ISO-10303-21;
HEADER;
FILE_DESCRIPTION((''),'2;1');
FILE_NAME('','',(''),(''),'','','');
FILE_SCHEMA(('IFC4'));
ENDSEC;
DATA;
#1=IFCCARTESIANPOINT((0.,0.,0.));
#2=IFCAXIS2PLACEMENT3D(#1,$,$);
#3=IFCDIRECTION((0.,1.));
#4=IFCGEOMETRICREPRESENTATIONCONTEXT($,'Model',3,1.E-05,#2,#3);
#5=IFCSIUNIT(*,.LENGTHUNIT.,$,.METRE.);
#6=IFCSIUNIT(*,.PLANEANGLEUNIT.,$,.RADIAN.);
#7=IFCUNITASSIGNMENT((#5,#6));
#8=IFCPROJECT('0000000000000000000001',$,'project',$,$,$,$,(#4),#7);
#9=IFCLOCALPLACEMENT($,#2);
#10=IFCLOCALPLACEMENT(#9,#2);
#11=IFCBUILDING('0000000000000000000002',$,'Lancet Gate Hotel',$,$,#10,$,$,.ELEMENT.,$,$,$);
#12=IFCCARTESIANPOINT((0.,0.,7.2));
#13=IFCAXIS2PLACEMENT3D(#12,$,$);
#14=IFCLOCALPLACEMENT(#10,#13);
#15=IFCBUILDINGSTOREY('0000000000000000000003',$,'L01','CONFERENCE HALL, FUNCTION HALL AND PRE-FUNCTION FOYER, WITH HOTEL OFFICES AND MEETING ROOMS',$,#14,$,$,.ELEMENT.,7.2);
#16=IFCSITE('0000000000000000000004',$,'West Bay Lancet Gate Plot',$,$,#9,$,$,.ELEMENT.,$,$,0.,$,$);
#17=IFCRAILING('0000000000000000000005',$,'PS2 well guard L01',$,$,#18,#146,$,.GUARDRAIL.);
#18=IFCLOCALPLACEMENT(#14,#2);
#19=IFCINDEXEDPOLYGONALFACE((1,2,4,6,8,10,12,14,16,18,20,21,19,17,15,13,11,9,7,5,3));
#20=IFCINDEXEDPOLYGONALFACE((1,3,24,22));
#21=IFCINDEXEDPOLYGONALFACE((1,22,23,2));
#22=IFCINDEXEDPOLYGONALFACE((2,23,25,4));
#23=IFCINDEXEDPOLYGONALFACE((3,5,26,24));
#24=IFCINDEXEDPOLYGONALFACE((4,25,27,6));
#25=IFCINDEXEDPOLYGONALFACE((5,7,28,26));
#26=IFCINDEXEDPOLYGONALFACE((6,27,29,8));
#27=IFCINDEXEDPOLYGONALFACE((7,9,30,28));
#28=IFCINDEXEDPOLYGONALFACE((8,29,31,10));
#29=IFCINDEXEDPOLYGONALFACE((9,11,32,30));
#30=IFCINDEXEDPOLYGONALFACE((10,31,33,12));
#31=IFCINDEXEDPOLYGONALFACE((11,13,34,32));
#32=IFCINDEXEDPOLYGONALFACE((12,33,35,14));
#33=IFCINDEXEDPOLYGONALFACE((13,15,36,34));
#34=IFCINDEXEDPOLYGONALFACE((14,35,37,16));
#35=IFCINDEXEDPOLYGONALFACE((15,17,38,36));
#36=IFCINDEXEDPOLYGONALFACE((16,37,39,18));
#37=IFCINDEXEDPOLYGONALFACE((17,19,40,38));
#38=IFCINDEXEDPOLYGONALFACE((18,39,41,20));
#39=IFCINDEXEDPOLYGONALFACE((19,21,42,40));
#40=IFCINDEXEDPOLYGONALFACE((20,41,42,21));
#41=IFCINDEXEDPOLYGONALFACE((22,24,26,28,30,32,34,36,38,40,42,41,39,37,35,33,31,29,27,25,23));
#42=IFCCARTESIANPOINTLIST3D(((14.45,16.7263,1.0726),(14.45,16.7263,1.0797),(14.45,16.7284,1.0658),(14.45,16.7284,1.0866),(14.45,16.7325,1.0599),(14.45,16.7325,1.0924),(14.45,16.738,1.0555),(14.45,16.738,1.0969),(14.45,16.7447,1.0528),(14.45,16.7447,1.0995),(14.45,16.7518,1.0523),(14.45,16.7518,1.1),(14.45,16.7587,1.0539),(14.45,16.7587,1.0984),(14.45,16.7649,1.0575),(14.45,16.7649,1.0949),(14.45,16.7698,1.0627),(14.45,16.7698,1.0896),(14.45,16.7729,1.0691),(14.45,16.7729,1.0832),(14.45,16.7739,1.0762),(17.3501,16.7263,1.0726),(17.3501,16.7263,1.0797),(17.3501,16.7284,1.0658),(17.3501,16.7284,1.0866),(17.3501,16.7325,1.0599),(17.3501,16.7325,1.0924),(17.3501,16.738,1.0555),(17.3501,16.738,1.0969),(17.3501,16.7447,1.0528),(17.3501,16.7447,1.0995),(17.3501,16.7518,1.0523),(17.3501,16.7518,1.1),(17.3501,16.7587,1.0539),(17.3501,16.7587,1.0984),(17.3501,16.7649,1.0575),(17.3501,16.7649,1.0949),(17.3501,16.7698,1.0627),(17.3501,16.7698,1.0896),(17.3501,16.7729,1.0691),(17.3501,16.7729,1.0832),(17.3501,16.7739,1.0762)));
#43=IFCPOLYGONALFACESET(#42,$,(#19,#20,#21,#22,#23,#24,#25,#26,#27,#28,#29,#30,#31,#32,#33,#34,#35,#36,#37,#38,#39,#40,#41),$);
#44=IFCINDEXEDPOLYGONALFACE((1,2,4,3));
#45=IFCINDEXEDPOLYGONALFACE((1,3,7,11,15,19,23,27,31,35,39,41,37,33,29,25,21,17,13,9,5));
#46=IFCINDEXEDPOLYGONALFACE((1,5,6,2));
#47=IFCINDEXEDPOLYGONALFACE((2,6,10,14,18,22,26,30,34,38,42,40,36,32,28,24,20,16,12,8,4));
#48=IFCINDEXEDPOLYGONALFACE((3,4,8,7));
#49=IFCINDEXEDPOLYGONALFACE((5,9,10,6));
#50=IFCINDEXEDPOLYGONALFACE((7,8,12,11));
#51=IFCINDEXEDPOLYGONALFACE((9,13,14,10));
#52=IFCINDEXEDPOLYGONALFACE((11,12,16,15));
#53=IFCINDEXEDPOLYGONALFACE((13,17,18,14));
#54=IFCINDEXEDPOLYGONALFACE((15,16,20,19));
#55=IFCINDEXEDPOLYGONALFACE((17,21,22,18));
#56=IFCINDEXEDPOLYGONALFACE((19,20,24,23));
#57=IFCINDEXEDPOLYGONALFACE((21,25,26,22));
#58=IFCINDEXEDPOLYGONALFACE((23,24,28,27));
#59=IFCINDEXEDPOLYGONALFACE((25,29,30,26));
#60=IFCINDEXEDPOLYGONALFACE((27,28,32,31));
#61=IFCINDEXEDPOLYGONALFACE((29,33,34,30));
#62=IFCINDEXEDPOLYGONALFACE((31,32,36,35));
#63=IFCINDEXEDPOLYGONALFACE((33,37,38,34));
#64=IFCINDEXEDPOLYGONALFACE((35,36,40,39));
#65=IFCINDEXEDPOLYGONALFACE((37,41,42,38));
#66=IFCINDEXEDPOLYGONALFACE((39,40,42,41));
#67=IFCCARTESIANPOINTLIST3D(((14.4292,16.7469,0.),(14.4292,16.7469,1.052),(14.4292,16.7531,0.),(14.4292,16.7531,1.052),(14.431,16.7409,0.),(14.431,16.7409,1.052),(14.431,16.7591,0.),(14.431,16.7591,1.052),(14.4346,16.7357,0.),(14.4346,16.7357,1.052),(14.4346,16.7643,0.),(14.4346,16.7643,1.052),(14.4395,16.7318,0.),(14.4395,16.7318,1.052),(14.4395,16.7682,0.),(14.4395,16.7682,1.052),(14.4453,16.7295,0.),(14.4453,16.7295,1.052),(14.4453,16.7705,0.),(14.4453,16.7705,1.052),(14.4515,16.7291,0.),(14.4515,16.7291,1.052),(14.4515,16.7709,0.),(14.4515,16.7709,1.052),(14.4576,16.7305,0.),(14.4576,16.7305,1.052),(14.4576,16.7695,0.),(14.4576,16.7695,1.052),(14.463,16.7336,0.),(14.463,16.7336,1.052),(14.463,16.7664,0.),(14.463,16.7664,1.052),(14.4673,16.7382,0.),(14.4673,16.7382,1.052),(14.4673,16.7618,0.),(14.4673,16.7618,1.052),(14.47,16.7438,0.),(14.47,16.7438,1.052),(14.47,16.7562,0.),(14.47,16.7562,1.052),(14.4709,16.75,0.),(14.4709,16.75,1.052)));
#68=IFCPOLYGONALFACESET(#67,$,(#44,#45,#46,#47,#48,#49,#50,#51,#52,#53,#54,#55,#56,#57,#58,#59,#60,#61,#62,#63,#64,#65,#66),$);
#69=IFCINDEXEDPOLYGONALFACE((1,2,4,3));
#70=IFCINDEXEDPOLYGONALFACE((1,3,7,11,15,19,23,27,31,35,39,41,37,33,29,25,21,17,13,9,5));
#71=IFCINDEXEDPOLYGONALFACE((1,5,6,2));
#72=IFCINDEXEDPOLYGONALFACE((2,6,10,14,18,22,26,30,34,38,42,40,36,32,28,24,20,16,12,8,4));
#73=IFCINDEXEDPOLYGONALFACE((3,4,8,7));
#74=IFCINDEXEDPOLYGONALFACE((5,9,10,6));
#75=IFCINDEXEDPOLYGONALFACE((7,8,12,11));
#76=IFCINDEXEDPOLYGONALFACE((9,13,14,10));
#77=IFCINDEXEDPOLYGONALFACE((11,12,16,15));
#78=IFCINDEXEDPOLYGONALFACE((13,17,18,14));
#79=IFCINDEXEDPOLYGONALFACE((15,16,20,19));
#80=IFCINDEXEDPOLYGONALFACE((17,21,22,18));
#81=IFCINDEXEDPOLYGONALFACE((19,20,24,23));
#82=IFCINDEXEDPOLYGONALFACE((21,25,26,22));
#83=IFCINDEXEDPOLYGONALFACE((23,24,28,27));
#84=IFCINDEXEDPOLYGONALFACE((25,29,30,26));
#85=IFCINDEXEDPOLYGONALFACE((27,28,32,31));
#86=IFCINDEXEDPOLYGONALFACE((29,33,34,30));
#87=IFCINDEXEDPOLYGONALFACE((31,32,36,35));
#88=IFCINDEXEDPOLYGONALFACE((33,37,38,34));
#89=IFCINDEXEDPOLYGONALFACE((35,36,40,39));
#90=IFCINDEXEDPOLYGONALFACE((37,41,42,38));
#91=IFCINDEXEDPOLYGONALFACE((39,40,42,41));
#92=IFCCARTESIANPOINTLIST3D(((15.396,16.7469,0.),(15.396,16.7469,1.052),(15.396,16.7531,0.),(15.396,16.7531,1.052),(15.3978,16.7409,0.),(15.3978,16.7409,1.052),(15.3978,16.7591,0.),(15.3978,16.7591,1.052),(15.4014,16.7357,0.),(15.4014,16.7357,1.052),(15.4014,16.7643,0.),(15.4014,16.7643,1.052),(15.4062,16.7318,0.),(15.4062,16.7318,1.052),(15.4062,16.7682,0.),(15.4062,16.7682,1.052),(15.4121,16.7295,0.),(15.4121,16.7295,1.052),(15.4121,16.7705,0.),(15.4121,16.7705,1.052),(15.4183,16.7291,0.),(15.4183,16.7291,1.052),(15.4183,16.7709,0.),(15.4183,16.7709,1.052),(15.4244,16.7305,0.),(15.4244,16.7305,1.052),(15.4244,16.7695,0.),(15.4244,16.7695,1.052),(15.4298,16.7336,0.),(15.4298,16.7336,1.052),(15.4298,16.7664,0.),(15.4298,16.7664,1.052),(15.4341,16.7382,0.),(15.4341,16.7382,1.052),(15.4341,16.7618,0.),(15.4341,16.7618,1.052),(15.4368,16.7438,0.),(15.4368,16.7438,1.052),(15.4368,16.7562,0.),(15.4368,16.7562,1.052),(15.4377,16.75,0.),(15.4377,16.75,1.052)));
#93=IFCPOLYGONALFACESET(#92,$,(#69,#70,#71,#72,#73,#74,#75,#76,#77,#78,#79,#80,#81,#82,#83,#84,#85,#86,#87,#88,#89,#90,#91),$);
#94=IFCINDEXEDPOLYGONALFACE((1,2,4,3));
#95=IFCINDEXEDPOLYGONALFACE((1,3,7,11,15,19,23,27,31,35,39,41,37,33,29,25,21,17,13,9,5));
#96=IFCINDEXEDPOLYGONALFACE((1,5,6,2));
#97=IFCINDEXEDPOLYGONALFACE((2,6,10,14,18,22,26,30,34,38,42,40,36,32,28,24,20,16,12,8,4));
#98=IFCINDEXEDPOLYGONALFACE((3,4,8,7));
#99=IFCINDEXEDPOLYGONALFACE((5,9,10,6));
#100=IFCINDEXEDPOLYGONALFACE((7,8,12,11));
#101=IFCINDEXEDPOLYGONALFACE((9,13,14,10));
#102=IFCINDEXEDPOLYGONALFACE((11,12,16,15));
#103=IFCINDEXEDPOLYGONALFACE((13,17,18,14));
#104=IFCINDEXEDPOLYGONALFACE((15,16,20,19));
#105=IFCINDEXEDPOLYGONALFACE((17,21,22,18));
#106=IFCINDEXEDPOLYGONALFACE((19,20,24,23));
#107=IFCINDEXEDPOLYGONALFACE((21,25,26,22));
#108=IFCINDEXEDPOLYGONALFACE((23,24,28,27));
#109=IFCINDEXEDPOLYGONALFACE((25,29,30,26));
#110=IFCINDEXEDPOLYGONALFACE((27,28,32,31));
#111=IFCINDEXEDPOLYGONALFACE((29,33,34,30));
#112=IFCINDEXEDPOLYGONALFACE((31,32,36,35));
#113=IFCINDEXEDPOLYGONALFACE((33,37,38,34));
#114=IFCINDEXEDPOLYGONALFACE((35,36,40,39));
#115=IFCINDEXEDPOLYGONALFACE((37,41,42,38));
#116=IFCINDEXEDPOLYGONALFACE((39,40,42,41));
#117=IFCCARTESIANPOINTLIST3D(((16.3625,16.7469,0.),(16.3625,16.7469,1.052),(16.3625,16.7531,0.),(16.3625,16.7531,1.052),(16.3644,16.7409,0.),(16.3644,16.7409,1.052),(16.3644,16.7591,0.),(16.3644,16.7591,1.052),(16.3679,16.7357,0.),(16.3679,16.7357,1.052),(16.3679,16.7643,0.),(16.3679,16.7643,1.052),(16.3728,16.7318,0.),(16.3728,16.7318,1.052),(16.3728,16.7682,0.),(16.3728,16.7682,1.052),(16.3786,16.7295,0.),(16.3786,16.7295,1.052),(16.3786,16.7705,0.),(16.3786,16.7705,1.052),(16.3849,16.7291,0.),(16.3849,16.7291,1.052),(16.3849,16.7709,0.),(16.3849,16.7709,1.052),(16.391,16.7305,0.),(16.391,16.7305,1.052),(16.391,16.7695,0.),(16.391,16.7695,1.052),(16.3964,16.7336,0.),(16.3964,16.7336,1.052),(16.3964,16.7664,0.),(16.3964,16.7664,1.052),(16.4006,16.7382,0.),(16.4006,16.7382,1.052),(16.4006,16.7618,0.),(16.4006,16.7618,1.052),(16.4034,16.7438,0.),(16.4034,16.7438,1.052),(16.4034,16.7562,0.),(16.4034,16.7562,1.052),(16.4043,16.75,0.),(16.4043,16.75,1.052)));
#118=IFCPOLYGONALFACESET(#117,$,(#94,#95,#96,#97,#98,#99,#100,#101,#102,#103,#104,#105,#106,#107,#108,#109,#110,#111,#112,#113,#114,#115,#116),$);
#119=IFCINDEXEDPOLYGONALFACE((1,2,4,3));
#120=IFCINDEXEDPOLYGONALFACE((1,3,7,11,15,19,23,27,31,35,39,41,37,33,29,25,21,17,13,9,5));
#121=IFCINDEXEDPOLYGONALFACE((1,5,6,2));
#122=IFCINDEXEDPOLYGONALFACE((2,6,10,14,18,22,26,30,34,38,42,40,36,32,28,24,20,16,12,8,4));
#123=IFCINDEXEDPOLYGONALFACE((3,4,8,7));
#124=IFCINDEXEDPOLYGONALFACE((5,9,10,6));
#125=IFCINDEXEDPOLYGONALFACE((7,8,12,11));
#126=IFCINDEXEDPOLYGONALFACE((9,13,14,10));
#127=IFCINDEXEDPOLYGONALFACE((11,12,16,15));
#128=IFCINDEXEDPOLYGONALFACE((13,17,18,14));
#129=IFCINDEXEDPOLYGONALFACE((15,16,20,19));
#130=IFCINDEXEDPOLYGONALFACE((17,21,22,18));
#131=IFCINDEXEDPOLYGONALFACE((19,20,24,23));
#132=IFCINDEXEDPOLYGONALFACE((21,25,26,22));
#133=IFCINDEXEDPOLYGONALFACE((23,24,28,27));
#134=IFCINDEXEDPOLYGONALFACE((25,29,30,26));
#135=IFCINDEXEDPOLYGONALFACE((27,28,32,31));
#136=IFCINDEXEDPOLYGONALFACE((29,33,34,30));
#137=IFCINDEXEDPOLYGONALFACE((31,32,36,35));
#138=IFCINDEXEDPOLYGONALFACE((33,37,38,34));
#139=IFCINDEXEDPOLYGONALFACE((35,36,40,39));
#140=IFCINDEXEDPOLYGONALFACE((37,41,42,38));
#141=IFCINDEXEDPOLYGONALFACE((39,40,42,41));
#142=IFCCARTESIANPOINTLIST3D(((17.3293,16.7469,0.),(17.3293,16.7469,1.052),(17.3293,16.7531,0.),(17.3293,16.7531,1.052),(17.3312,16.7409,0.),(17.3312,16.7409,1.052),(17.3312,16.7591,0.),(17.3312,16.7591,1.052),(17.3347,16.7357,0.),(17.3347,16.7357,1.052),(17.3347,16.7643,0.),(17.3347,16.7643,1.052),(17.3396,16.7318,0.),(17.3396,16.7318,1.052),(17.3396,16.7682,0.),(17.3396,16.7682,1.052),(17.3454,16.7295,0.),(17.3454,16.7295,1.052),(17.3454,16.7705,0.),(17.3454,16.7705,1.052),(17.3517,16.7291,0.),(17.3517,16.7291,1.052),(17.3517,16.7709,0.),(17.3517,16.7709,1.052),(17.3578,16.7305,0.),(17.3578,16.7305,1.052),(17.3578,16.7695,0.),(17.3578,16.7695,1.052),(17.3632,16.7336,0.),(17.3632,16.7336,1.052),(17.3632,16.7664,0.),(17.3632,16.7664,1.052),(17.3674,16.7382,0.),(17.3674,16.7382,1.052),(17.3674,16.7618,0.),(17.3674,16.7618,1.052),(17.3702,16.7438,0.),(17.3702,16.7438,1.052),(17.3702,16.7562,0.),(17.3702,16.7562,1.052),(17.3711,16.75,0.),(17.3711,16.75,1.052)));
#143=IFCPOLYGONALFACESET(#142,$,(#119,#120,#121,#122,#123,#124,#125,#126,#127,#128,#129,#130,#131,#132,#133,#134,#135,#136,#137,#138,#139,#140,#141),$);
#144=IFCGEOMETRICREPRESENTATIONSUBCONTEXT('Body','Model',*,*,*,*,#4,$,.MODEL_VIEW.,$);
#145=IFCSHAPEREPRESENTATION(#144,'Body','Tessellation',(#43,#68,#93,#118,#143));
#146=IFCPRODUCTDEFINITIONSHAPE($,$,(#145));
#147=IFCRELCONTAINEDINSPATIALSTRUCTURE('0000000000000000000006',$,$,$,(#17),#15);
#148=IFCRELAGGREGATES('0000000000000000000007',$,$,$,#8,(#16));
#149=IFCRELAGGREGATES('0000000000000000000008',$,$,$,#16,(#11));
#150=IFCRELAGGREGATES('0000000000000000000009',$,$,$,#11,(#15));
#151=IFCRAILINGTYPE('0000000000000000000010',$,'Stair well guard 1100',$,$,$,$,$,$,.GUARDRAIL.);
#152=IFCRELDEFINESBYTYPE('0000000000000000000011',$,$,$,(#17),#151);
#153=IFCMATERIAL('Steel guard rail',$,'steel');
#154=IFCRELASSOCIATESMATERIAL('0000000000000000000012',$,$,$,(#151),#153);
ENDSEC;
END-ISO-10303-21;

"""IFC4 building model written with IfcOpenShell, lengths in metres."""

from ifc_helpers import new_model, si_unit, direction, frame, origin, origin_2d, place, context, subcontext, project, spatial, circle, extrude, material, type_object, element, save


model = new_model("IFC4")

# Units and contexts
model_context = context("Model", 3, precision=1e-05, world=origin(), true_north=direction((0.0, 1.0)))
body_context = subcontext(model_context, "Body", "Model", "MODEL_VIEW")
ifc_project = project(units=[si_unit("LENGTHUNIT", "METRE"), si_unit("PLANEANGLEUNIT", "RADIAN")], contexts=[model_context])

# Site, building, storey
site_placement = place(None, origin())
site = spatial("IfcSite", under=ifc_project, at=site_placement, Name="West Bay Lancet Gate Plot", CompositionType="ELEMENT", RefElevation=0.0)
building_placement = place(site_placement, origin())
building = spatial("IfcBuilding", under=site, at=building_placement, Name="Lancet Gate Hotel", CompositionType="ELEMENT")
storey_placement = place(building_placement, frame((0.0, 0.0, 7.2)))
storey = spatial("IfcBuildingStorey", under=building, at=storey_placement, Name="L01", Description="CONFERENCE HALL, FUNCTION HALL AND PRE-FUNCTION FOYER, WITH HOTEL OFFICES AND MEETING ROOMS", CompositionType="ELEMENT", Elevation=7.2)

# Railing
ifc_material_1 = material(Name="Steel guard rail", Category="steel")
railing_type = type_object("IfcRailingType", Name="Stair well guard 1100", PredefinedType="GUARDRAIL", material=ifc_material_1)
railing_placement = place(storey_placement, frame((14.45, 16.75, 0.0)))
element("IfcRailing", 1, at=railing_placement, inside=storey, type_object=railing_type, Name="PS2 well guard L01", PredefinedType="GUARDRAIL", context=body_context, shape_type="SweptSolid", body=[
    extrude(circle(Radius=0.0239, at=origin_2d()), frame((0.0, 0.0, 1.0762), z_axis=(1.0, 0.0, 0.0), x_axis=(0.0, 1.0, 0.0)), (0.0, 0.0, 1.0), 2.9001),
    extrude(circle(Radius=0.021, at=origin_2d()), origin(), (0.0, 0.0, 1.0), 1.052),
    extrude(circle(Radius=0.021, at=origin_2d()), frame((0.9668, 0.0, 0.0)), (0.0, 0.0, 1.0), 1.052),
    extrude(circle(Radius=0.021, at=origin_2d()), frame((1.9333, 0.0, 0.0)), (0.0, 0.0, 1.0), 1.052),
    extrude(circle(Radius=0.021, at=origin_2d()), frame((2.9001, 0.0, 0.0)), (0.0, 0.0, 1.0), 1.052),
])

save(model, "model.ifc")
